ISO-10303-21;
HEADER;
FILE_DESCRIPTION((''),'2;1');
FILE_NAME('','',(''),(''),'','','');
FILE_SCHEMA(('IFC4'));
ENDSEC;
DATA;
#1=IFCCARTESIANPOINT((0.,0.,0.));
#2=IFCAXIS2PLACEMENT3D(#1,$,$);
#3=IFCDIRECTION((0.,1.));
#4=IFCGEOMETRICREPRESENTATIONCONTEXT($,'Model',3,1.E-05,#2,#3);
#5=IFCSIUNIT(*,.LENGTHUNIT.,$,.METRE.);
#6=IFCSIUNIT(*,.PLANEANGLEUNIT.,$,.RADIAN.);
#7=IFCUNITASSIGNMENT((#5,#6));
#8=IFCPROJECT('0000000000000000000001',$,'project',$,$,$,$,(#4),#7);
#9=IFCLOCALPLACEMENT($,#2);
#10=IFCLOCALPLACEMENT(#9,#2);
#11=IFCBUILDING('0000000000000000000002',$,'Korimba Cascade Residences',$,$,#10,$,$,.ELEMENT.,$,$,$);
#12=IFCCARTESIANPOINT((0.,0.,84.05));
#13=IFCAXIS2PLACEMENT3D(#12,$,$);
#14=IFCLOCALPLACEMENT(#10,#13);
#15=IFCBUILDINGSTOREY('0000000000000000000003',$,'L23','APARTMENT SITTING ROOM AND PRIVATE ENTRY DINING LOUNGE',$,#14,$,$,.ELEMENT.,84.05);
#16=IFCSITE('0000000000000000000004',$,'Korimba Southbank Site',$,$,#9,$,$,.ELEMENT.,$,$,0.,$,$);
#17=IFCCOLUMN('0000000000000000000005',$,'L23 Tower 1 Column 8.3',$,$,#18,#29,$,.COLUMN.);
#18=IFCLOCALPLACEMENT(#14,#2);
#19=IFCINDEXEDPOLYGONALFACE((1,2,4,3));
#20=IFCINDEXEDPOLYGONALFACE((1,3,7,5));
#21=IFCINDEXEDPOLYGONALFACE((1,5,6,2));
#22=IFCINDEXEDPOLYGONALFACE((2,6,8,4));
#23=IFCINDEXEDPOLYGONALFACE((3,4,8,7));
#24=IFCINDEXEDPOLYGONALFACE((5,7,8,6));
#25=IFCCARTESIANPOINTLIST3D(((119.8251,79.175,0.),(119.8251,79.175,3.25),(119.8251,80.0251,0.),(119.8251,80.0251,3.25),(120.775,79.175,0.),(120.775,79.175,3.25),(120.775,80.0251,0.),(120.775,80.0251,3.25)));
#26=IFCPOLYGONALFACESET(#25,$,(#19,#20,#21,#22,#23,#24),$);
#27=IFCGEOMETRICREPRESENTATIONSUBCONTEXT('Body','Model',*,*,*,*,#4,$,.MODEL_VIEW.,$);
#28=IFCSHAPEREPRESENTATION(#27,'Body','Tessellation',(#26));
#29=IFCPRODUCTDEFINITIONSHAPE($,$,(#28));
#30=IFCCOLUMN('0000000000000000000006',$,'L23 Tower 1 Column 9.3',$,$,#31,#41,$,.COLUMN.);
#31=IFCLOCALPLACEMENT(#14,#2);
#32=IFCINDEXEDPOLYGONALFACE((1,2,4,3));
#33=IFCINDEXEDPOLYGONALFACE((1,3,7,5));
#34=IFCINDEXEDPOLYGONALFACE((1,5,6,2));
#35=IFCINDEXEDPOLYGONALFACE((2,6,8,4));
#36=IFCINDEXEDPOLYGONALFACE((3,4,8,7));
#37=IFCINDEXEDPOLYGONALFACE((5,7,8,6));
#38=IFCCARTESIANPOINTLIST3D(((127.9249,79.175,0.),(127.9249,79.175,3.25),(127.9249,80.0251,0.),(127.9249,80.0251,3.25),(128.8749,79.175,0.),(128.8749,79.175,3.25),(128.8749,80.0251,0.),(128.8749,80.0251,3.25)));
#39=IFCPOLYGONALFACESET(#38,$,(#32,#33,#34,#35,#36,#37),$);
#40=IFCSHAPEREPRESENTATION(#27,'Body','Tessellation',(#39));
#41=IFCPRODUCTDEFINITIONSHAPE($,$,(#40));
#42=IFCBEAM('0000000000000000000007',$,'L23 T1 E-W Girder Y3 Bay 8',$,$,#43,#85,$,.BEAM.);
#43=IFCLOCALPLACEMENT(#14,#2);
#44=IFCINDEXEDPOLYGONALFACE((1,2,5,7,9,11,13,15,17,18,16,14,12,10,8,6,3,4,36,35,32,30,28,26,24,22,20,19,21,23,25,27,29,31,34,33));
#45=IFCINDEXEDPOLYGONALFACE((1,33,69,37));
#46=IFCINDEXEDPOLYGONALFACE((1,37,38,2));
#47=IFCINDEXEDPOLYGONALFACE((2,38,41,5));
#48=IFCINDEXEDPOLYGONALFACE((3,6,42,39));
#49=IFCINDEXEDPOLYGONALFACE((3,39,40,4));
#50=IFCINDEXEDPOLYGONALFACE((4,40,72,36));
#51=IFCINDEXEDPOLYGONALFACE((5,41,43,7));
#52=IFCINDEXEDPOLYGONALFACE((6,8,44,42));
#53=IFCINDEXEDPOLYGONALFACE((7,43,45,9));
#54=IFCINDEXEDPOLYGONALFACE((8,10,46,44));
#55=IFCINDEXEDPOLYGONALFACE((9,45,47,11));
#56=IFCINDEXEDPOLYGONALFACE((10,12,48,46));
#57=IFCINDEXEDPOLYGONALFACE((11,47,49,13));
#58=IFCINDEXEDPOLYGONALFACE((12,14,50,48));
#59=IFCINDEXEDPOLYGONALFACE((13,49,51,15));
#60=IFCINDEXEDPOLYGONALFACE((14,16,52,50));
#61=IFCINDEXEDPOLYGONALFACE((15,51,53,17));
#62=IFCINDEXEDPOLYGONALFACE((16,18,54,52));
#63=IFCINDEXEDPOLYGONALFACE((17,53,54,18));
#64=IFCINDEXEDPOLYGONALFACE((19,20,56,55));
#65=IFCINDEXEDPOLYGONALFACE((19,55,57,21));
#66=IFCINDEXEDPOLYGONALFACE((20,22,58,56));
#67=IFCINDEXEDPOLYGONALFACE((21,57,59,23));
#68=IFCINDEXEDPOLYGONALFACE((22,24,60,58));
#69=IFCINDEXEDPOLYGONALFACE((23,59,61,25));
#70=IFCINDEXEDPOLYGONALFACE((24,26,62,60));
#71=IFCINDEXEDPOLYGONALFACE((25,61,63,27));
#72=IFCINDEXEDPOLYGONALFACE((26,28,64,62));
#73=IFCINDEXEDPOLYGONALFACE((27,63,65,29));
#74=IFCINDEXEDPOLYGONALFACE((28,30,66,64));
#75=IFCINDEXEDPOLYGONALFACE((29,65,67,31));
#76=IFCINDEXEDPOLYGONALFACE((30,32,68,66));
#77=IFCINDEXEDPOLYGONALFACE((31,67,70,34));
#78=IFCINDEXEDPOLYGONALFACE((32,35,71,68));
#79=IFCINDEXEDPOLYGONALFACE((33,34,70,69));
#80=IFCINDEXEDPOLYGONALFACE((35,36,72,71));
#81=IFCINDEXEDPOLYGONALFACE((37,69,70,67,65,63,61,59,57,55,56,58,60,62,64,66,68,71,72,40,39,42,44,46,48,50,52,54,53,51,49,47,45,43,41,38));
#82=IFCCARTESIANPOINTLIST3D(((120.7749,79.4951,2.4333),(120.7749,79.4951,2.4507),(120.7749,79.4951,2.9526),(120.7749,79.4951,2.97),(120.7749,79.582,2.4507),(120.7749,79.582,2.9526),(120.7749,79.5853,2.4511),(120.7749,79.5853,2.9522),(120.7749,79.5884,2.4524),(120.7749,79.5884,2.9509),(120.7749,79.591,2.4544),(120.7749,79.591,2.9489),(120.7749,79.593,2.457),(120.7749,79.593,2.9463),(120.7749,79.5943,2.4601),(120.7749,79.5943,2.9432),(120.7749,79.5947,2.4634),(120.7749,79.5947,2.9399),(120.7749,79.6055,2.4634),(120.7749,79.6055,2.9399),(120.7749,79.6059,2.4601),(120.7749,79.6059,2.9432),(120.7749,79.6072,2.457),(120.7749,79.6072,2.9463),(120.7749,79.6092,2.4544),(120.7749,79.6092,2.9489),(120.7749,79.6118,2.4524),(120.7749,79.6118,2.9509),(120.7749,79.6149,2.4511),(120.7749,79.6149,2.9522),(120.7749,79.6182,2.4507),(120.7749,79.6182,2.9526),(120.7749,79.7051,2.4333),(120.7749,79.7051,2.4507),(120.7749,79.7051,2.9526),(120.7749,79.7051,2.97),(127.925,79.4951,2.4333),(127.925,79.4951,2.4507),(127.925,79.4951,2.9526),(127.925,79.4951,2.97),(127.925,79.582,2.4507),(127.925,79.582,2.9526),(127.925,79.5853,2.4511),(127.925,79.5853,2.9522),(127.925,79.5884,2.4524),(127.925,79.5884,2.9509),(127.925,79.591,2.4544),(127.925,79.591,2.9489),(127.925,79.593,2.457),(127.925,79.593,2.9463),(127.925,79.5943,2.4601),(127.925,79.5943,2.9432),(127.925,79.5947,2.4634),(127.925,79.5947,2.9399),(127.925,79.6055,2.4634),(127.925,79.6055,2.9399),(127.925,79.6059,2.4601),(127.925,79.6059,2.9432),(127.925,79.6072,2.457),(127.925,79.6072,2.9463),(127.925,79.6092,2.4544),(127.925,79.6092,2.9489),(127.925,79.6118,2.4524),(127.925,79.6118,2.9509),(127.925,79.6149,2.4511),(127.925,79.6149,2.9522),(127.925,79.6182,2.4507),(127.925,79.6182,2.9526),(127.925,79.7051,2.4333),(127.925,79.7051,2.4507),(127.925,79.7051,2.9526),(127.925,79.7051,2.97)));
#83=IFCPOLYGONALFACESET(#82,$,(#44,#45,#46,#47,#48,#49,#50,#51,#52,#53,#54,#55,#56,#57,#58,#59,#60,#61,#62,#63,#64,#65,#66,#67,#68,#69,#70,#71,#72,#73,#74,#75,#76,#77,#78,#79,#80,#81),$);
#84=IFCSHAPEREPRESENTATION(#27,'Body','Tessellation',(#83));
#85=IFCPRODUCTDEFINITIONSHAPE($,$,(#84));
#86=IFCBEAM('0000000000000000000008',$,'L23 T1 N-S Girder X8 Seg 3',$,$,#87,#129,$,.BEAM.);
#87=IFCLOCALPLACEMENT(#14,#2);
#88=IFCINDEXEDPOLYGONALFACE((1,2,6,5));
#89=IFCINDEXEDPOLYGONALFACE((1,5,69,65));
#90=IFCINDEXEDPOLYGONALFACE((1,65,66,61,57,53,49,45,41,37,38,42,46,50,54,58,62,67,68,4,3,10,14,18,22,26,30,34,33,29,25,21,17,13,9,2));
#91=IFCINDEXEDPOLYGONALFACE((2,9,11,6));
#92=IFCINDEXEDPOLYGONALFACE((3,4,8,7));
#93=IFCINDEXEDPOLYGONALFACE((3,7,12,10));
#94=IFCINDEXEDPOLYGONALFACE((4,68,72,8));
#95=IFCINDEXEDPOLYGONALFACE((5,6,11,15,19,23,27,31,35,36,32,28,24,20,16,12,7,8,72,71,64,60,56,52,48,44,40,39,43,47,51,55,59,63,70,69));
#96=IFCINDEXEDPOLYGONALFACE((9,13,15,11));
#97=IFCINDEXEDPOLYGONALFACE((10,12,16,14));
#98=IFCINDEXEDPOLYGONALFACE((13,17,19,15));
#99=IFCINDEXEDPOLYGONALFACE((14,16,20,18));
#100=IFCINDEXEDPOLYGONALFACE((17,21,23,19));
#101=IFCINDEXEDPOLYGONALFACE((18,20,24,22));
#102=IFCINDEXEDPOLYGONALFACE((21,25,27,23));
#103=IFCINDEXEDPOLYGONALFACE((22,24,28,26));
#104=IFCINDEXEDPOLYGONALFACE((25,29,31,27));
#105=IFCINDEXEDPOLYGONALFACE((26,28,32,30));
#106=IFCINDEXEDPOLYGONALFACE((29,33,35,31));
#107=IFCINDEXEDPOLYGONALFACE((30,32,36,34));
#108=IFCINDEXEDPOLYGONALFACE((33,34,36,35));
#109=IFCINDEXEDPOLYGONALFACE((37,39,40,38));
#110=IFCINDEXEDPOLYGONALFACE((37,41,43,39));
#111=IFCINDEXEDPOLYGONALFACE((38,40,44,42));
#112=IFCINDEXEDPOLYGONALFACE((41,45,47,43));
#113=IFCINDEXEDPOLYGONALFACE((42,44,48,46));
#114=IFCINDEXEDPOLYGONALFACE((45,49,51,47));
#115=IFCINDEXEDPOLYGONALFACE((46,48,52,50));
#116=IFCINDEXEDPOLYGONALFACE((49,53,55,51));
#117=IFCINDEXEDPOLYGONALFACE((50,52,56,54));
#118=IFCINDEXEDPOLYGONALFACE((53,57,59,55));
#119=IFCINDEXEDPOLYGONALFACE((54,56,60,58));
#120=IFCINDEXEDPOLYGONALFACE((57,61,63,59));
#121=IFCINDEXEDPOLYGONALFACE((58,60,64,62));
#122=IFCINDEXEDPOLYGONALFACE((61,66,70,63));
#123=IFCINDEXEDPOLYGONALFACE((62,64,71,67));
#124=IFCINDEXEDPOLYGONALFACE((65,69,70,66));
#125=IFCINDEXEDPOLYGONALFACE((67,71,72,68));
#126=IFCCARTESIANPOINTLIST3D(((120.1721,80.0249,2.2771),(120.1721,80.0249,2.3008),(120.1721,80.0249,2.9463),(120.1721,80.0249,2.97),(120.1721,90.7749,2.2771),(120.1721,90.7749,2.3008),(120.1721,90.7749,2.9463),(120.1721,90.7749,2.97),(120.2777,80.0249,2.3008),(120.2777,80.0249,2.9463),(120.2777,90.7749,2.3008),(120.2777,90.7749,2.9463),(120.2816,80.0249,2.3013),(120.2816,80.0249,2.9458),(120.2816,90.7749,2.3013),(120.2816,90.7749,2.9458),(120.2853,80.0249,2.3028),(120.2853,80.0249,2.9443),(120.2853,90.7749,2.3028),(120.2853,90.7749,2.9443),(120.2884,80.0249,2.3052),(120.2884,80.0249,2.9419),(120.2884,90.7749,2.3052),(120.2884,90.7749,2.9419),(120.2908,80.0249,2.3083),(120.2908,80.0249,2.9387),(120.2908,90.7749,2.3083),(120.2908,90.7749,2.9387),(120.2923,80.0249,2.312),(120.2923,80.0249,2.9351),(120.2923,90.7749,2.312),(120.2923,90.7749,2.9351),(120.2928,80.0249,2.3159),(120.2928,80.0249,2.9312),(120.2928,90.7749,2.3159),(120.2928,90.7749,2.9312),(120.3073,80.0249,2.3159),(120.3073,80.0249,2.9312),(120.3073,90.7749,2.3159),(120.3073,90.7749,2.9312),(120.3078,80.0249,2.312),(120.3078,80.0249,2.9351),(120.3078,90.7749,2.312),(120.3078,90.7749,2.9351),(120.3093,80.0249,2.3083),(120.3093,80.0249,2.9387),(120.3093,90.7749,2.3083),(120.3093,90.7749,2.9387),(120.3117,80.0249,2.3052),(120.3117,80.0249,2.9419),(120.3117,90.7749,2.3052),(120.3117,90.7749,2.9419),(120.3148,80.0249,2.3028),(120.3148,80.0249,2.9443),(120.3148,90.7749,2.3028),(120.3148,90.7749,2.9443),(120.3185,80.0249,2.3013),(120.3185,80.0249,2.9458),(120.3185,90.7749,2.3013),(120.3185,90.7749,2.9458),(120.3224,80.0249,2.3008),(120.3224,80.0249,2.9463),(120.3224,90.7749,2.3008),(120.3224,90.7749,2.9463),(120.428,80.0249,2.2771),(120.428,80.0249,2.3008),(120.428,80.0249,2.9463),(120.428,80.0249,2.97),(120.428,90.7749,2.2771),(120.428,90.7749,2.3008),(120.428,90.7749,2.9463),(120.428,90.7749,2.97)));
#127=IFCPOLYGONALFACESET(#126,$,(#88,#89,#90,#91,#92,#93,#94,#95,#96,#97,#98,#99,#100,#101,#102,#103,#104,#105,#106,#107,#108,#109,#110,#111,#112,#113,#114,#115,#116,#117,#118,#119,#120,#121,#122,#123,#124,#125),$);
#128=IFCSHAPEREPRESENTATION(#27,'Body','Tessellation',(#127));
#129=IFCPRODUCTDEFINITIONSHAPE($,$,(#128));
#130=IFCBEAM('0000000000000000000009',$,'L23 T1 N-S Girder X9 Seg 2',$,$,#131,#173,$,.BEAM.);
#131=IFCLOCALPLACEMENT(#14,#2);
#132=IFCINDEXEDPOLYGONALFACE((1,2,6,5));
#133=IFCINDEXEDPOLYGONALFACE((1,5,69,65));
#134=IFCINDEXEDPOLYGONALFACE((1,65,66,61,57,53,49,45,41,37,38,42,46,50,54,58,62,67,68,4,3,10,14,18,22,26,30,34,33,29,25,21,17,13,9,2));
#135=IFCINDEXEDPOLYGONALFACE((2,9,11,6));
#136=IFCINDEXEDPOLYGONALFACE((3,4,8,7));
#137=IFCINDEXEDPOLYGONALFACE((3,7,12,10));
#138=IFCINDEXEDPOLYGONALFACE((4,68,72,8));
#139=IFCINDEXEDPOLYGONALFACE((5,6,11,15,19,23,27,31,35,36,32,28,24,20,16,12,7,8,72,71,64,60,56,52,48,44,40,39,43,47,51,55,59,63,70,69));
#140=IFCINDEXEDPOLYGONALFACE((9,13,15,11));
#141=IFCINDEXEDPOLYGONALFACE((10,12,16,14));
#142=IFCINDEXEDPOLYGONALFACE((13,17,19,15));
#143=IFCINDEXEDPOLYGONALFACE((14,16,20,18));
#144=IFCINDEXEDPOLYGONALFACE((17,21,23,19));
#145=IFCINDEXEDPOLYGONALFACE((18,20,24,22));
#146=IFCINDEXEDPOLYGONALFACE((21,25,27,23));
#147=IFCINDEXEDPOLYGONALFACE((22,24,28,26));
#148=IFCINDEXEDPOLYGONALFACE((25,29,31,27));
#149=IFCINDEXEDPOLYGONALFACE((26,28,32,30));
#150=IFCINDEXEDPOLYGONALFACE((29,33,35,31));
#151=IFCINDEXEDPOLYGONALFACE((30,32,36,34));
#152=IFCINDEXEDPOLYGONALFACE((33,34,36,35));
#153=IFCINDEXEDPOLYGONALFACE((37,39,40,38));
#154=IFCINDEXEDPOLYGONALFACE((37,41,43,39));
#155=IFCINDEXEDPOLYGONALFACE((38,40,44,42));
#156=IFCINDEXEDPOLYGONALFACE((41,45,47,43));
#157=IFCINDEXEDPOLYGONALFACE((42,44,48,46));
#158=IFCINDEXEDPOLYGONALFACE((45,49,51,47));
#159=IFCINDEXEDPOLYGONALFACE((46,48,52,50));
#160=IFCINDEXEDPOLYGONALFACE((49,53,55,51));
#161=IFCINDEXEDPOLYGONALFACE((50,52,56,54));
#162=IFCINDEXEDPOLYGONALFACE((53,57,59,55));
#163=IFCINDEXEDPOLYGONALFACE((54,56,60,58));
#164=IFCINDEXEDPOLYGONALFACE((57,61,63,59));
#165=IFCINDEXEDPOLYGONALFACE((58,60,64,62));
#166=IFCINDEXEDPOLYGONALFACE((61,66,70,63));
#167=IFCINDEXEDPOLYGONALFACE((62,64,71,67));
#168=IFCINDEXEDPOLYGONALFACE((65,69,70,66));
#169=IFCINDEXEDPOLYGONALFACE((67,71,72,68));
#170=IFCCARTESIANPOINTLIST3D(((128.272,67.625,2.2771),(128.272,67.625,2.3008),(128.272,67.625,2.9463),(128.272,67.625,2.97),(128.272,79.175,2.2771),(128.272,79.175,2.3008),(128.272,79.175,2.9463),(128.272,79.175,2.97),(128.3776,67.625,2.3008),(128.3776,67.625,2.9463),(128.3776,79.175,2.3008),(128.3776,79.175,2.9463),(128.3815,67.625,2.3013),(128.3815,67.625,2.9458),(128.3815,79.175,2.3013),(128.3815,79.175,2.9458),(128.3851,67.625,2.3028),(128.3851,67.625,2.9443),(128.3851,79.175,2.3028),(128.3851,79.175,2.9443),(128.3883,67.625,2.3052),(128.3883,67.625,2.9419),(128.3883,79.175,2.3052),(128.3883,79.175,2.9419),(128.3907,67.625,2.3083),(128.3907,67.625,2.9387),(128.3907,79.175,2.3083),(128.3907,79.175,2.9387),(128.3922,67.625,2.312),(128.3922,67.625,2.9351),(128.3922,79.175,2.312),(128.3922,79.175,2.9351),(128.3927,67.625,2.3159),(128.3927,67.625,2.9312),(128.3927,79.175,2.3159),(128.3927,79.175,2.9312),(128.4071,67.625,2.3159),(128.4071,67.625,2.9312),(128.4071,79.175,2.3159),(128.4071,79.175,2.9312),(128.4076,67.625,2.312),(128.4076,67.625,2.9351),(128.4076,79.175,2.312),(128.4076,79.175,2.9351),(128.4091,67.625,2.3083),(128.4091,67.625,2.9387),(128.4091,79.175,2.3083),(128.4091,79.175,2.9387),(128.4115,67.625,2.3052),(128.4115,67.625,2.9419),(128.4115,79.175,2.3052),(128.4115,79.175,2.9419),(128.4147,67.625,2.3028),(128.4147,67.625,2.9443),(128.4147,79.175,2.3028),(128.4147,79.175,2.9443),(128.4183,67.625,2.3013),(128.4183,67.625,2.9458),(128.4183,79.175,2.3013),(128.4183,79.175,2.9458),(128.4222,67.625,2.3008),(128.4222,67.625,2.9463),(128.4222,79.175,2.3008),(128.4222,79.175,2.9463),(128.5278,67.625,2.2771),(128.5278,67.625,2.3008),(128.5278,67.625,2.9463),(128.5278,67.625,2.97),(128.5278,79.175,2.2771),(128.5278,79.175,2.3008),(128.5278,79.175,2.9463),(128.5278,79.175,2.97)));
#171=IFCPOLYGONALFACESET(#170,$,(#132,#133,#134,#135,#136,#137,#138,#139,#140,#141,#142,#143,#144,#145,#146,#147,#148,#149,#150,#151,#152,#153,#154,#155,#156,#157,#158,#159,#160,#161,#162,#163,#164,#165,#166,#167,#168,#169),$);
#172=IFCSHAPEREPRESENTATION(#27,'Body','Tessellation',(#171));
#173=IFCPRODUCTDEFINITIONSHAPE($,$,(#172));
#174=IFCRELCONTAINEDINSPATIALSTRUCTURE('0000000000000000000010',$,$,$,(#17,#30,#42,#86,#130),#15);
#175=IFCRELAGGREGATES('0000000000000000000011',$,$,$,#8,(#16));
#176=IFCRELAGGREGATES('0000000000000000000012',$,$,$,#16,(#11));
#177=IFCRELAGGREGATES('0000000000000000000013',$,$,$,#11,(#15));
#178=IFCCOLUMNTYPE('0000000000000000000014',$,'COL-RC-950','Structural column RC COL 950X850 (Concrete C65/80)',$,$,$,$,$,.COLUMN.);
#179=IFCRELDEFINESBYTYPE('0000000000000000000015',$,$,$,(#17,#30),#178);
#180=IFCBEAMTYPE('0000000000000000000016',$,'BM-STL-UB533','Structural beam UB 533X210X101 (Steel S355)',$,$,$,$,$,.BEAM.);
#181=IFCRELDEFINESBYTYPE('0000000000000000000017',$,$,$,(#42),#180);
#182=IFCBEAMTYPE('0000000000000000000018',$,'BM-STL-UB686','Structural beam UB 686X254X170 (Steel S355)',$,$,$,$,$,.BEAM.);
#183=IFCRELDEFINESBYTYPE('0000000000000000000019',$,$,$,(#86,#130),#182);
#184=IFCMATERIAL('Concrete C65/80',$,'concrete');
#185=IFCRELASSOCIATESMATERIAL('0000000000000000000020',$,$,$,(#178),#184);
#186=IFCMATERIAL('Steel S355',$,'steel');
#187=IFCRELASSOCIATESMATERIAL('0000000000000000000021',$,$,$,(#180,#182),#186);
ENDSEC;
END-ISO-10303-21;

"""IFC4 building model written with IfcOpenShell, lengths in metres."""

from ifc_helpers import new_model, si_unit, direction, frame, origin, origin_2d, place, context, subcontext, project, spatial, rectangle, i_section, extrude, material, material_profile, profile_set, type_object, element, save


model = new_model("IFC4")

# Units and contexts
model_context = context("Model", 3, precision=1e-05, world=origin(), true_north=direction((0.0, 1.0)))
body_context = subcontext(model_context, "Body", "Model", "MODEL_VIEW")
ifc_project = project(units=[si_unit("LENGTHUNIT", "METRE"), si_unit("PLANEANGLEUNIT", "RADIAN")], contexts=[model_context])

# Site, building, storey
site_placement = place(None, origin())
site = spatial("IfcSite", under=ifc_project, at=site_placement, Name="Korimba Southbank Site", CompositionType="ELEMENT", RefElevation=0.0)
building_placement = place(site_placement, origin())
building = spatial("IfcBuilding", under=site, at=building_placement, Name="Korimba Cascade Residences", CompositionType="ELEMENT")
storey_placement = place(building_placement, frame((0.0, 0.0, 84.05)))
storey = spatial("IfcBuildingStorey", under=building, at=storey_placement, Name="L23", Description="APARTMENT SITTING ROOM AND PRIVATE ENTRY DINING LOUNGE", CompositionType="ELEMENT", Elevation=84.05)

# Columns
ifc_material_1 = material(Name="Concrete C65/80", Category="concrete")
ifc_material_profile_1 = material_profile(ifc_material_1, rectangle(XDim=0.95, YDim=0.8501, at=origin_2d()), Name="Concrete C65/80")
ifc_profile_set_1 = profile_set([ifc_material_profile_1], Name="Concrete C65/80")
column_type = type_object("IfcColumnType", Name="COL-RC-950", Description="Structural column RC COL 950X850 (Concrete C65/80)", PredefinedType="COLUMN", material=ifc_profile_set_1)
for number, where, z_axis, x_axis, name in (
    (1, (120.3, 79.6001, 0.0), (0.0, 0.0, 1.0), (1.0, 0.0, 0.0), "L23 Tower 1 Column 8.3"),
    (2, (128.3999, 79.6001, 0.0), (0.0, 0.0, 1.0), (1.0, 0.0, 0.0), "L23 Tower 1 Column 9.3"),
):
    element("IfcColumn", number, at=place(storey_placement, frame(where, z_axis=z_axis, x_axis=x_axis)), inside=storey, type_object=column_type, Name=name, PredefinedType="COLUMN", context=body_context, shape_type="SweptSolid", body=[
        extrude(rectangle(XDim=0.95, YDim=0.8501, at=origin_2d()), origin(), (0.0, 0.0, 1.0), 3.25),
    ])

# Beams
ifc_material_2 = material(Name="Steel S355", Category="steel")
ifc_material_profile_2 = material_profile(ifc_material_2, i_section(OverallWidth=0.21, OverallDepth=0.5366, WebThickness=0.0107, FlangeThickness=0.0173, FilletRadius=0.0127, at=origin_2d()), Name="Steel S355")
ifc_profile_set_2 = profile_set([ifc_material_profile_2], Name="Steel S355")
beam_type_1 = type_object("IfcBeamType", Name="BM-STL-UB533", Description="Structural beam UB 533X210X101 (Steel S355)", PredefinedType="BEAM", material=ifc_profile_set_2)
beam_1_placement = place(storey_placement, frame((120.7749, 79.6001, 2.7017), z_axis=(1.0, 0.0, 0.0), x_axis=(0.0, 1.0, 0.0)))
element("IfcBeam", 3, at=beam_1_placement, inside=storey, type_object=beam_type_1, Name="L23 T1 E-W Girder Y3 Bay 8", PredefinedType="BEAM", context=body_context, shape_type="SweptSolid", body=[
    extrude(i_section(OverallWidth=0.21, OverallDepth=0.5366, WebThickness=0.0107, FlangeThickness=0.0173, FilletRadius=0.0127, at=origin_2d()), origin(), (0.0, 0.0, 1.0), 7.1501),
])
ifc_material_profile_3 = material_profile(ifc_material_2, i_section(OverallWidth=0.2559, OverallDepth=0.6929, WebThickness=0.0144, FlangeThickness=0.0237, FilletRadius=0.0151, at=origin_2d()), Name="Steel S355")
ifc_profile_set_3 = profile_set([ifc_material_profile_3], Name="Steel S355")
beam_type_2 = type_object("IfcBeamType", Name="BM-STL-UB686", Description="Structural beam UB 686X254X170 (Steel S355)", PredefinedType="BEAM", material=ifc_profile_set_3)
beam_2_placement = place(storey_placement, frame((120.3, 80.0249, 2.6235), z_axis=(0.0, 1.0, 0.0), x_axis=(-1.0, 0.0, 0.0)))
element("IfcBeam", 4, at=beam_2_placement, inside=storey, type_object=beam_type_2, Name="L23 T1 N-S Girder X8 Seg 3", PredefinedType="BEAM", context=body_context, shape_type="SweptSolid", body=[
    extrude(i_section(OverallWidth=0.2559, OverallDepth=0.6929, WebThickness=0.0144, FlangeThickness=0.0237, FilletRadius=0.0151, at=origin_2d()), origin(), (0.0, 0.0, 1.0), 10.75),
])
beam_3_placement = place(storey_placement, frame((128.3999, 67.625, 2.6235), z_axis=(0.0, 1.0, 0.0), x_axis=(-1.0, 0.0, 0.0)))
element("IfcBeam", 5, at=beam_3_placement, inside=storey, type_object=beam_type_2, Name="L23 T1 N-S Girder X9 Seg 2", PredefinedType="BEAM", context=body_context, shape_type="SweptSolid", body=[
    extrude(i_section(OverallWidth=0.2559, OverallDepth=0.6929, WebThickness=0.0144, FlangeThickness=0.0237, FilletRadius=0.0151, at=origin_2d()), origin(), (0.0, 0.0, 1.0), 11.55),
])

save(model, "model.ifc")
